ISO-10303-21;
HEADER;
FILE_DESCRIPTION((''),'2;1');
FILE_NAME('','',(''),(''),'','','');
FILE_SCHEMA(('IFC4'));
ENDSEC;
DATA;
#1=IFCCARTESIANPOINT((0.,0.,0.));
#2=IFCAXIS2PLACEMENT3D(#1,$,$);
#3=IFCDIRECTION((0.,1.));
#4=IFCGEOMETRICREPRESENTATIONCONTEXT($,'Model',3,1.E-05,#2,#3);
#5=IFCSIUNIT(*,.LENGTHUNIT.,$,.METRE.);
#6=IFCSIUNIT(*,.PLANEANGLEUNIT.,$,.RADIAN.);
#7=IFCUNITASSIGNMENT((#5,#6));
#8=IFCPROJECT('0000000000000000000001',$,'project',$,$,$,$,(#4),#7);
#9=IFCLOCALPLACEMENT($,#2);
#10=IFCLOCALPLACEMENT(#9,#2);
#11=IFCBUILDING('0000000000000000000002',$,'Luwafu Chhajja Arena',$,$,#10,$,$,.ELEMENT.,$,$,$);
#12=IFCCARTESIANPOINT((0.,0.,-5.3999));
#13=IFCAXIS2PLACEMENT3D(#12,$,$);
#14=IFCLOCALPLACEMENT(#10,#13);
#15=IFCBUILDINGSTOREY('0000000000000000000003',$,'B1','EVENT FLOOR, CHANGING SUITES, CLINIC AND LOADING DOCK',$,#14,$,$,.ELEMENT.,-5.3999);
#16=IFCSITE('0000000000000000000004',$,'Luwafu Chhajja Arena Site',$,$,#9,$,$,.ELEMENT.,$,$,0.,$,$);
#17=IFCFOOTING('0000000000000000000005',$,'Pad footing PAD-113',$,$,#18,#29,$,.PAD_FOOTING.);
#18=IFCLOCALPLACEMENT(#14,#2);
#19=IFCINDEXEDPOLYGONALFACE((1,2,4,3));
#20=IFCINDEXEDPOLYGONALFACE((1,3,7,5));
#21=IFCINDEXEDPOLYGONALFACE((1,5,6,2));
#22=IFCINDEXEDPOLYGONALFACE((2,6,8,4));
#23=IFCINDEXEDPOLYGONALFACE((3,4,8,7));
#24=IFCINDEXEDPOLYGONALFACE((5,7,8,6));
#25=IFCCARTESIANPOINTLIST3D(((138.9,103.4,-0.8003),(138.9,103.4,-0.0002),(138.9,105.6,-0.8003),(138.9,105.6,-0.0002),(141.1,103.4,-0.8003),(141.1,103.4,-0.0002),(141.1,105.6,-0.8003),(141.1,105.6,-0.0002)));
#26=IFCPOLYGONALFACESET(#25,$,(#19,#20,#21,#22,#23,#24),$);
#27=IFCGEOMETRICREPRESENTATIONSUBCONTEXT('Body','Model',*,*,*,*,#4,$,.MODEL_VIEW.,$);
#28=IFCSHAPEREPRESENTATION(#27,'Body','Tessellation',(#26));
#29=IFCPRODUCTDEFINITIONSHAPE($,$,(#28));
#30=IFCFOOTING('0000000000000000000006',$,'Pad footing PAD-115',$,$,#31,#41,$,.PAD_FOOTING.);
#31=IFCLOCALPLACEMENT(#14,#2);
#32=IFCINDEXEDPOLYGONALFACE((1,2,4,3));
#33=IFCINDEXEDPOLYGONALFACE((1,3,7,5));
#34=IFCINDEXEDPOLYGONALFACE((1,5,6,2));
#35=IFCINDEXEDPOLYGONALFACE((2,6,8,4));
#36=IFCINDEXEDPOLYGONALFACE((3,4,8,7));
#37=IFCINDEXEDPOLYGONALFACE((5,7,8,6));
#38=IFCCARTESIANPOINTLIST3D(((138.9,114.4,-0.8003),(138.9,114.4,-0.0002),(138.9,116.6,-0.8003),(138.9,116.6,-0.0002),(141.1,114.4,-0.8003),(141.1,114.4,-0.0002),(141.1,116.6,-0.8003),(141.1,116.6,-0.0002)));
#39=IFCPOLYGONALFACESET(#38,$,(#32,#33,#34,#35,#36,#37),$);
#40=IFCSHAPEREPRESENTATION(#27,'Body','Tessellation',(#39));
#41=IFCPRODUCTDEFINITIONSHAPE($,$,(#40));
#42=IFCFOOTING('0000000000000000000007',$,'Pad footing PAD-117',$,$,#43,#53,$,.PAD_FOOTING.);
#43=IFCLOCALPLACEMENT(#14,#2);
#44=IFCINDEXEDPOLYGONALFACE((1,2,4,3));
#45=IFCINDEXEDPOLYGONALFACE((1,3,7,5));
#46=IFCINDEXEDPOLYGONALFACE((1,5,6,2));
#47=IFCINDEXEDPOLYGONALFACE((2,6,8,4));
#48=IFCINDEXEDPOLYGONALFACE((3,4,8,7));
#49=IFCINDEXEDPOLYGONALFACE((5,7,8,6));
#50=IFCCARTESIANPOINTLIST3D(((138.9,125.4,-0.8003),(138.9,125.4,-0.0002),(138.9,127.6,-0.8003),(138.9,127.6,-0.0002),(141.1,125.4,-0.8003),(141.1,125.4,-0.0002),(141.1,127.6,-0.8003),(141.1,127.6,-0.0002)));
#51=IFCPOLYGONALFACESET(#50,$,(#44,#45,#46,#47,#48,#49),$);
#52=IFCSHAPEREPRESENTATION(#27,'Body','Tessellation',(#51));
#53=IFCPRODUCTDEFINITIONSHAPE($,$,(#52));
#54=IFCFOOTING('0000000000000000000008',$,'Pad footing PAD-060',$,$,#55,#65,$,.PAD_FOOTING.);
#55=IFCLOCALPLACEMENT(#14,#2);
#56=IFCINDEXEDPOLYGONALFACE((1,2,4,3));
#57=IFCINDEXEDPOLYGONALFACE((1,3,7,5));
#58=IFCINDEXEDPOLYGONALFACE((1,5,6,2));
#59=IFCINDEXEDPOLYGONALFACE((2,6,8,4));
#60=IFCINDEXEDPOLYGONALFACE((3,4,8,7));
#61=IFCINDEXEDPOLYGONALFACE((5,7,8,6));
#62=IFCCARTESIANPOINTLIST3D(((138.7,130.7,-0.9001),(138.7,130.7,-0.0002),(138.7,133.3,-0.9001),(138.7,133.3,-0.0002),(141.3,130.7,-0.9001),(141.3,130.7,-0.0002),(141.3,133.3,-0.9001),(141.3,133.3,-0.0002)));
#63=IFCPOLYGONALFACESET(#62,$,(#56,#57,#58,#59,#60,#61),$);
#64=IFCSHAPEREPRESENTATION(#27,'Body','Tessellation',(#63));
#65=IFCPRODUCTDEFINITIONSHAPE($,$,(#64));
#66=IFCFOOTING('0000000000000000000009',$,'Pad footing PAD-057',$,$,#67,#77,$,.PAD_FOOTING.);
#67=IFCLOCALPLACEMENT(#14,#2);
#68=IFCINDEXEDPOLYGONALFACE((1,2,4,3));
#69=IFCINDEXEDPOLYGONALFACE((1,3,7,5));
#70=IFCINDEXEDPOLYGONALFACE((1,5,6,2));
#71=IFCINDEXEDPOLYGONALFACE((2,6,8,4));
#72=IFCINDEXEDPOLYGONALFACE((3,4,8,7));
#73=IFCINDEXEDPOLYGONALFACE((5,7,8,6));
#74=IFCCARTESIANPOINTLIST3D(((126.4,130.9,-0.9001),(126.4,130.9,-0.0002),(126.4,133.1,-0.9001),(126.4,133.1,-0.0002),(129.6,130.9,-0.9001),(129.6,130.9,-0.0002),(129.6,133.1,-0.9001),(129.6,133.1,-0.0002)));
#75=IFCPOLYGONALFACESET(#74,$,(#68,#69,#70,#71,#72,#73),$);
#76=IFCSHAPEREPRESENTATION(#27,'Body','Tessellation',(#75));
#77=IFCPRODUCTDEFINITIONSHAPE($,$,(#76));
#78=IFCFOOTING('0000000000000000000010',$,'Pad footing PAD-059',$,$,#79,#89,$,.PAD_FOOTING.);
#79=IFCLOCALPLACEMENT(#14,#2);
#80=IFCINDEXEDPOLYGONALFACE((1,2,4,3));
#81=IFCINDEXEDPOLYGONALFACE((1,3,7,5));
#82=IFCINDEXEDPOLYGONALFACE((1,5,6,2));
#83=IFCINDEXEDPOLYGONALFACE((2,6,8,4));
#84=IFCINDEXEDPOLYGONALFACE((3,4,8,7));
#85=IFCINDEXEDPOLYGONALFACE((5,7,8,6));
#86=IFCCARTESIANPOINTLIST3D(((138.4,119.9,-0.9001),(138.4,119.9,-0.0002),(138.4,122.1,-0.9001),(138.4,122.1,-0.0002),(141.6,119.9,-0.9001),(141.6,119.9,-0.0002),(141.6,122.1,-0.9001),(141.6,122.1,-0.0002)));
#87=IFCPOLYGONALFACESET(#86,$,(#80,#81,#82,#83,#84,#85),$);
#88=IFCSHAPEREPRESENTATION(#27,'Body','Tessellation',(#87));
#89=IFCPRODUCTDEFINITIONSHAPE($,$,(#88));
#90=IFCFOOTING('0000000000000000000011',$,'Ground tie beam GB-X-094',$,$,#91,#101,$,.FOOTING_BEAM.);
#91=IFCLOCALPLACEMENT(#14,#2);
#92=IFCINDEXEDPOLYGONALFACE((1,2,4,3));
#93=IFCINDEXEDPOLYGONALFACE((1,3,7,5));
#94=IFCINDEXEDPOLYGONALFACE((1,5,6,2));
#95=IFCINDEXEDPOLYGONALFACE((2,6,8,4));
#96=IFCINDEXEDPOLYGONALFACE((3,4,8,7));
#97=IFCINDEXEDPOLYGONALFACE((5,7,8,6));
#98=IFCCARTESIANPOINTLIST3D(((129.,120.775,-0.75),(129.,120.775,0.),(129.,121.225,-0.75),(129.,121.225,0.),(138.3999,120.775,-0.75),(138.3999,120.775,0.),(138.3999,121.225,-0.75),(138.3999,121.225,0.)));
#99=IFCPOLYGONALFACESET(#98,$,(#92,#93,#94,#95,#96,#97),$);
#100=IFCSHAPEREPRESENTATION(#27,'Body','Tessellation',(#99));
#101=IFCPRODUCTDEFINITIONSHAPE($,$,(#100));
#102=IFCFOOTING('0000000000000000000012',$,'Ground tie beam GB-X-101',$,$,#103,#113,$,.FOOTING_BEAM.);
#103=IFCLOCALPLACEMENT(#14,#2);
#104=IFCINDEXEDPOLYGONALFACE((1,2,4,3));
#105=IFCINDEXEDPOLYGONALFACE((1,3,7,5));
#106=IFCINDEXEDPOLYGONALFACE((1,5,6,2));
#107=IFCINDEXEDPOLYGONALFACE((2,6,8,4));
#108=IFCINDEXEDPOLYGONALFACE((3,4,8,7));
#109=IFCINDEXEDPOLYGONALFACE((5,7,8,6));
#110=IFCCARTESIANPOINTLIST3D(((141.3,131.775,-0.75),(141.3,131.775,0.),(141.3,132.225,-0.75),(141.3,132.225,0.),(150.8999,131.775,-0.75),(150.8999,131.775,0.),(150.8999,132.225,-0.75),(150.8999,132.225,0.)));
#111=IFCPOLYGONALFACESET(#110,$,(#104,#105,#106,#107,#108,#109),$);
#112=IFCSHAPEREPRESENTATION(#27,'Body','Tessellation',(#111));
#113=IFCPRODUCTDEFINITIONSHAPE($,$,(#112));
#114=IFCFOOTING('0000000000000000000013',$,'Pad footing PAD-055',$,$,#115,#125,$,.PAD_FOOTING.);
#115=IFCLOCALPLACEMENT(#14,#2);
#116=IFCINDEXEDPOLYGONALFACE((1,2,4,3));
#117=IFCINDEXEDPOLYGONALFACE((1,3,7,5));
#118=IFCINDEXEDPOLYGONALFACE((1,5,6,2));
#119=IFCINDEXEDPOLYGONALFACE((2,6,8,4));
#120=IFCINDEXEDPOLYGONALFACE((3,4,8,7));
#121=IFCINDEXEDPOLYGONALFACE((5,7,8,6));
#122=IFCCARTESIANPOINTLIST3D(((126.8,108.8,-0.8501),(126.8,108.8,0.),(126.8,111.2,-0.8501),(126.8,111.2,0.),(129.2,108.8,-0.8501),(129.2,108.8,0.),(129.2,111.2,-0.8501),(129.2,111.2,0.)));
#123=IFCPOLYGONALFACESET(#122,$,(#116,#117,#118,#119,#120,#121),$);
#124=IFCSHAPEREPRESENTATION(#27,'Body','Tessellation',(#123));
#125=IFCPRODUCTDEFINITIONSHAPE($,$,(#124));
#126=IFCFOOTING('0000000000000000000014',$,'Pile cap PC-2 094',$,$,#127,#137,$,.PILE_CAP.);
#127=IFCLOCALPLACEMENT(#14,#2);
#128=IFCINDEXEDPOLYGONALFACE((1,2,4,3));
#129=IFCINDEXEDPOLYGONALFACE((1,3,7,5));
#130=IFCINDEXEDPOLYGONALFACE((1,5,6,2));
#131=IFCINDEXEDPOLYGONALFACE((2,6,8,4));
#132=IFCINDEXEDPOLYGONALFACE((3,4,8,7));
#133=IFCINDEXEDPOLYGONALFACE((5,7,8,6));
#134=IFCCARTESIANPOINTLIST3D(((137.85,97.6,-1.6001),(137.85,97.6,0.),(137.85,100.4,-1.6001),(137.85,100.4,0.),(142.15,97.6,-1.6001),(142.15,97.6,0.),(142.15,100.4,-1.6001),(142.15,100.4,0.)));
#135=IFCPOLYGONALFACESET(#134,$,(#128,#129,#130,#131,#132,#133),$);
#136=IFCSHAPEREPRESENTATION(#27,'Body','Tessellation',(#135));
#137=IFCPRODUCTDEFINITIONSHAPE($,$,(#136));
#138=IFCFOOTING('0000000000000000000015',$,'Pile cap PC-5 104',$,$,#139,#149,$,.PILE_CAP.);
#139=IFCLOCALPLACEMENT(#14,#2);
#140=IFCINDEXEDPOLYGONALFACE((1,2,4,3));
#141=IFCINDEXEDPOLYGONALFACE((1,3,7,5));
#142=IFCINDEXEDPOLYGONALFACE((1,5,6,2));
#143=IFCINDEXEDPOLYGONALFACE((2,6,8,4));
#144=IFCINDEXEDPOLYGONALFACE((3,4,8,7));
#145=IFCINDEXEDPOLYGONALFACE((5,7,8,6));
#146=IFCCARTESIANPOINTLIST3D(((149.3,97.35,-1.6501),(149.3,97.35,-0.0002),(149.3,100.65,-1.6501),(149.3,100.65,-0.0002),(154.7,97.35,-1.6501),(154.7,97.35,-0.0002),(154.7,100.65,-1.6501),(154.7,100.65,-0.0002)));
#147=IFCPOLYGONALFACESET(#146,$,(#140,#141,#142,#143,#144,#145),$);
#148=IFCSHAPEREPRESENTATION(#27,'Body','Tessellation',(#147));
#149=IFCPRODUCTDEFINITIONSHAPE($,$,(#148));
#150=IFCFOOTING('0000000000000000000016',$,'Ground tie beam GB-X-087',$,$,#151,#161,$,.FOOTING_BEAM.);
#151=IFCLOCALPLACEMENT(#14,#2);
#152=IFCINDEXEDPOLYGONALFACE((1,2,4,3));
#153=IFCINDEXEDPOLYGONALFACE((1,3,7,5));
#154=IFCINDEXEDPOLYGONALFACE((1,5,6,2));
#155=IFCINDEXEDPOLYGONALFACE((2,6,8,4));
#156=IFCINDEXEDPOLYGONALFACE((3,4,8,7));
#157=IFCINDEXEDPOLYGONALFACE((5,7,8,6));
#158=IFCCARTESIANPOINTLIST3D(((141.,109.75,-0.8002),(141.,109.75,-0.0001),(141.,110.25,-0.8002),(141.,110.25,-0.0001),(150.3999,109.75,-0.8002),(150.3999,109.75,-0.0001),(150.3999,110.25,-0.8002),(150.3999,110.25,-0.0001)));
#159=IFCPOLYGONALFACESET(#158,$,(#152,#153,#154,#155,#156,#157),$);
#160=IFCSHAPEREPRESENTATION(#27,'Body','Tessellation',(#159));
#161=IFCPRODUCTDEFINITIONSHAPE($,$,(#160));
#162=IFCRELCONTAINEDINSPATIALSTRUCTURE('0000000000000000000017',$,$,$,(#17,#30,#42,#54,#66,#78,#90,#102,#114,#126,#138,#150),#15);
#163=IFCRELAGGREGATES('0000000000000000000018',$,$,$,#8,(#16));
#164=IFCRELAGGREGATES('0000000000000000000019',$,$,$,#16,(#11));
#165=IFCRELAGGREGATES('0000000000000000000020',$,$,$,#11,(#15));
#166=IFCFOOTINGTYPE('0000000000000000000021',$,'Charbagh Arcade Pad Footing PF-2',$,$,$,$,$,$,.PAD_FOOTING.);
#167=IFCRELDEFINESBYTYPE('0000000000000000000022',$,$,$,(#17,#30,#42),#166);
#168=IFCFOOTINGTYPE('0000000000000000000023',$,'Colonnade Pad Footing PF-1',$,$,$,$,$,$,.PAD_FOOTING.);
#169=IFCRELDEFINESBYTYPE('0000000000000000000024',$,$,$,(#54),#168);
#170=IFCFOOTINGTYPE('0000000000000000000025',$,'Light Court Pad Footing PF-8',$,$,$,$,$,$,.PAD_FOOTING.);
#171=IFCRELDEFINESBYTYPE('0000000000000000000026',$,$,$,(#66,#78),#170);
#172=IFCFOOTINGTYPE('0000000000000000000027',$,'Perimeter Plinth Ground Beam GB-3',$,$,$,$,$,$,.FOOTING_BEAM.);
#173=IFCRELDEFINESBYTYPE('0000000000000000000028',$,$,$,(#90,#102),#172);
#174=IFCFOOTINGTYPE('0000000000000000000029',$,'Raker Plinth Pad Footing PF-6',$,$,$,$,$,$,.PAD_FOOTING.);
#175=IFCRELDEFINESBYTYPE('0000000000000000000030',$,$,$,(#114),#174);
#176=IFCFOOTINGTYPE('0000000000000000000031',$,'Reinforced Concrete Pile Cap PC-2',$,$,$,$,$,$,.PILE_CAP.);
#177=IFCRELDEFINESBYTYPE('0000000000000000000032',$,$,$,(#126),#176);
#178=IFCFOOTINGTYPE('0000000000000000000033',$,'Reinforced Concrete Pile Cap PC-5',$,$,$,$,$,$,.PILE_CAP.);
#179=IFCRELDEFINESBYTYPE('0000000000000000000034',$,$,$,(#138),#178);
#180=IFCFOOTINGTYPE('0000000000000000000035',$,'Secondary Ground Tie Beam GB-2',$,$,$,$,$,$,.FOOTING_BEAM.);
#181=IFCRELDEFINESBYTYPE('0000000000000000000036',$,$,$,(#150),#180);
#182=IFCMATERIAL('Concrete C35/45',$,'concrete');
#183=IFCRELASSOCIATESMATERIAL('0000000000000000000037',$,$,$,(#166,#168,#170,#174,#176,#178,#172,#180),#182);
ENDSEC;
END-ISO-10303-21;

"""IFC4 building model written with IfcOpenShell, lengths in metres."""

from ifc_helpers import new_model, si_unit, direction, frame, origin, origin_2d, place, context, subcontext, project, spatial, rectangle, extrude, material, material_profile, profile_set, type_object, element, save


model = new_model("IFC4")

# Units and contexts
model_context = context("Model", 3, precision=1e-05, world=origin(), true_north=direction((0.0, 1.0)))
body_context = subcontext(model_context, "Body", "Model", "MODEL_VIEW")
ifc_project = project(units=[si_unit("LENGTHUNIT", "METRE"), si_unit("PLANEANGLEUNIT", "RADIAN")], contexts=[model_context])

# Site, building, storey
site_placement = place(None, origin())
site = spatial("IfcSite", under=ifc_project, at=site_placement, Name="Luwafu Chhajja Arena Site", CompositionType="ELEMENT", RefElevation=0.0)
building_placement = place(site_placement, origin())
building = spatial("IfcBuilding", under=site, at=building_placement, Name="Luwafu Chhajja Arena", CompositionType="ELEMENT")
storey_placement = place(building_placement, frame((0.0, 0.0, -5.3999)))
storey = spatial("IfcBuildingStorey", under=building, at=storey_placement, Name="B1", Description="EVENT FLOOR, CHANGING SUITES, CLINIC AND LOADING DOCK", CompositionType="ELEMENT", Elevation=-5.3999)

# Shared definitions
ifc_material_1 = material(Name="Concrete C35/45", Category="concrete")

# Footings
footing_type_1 = type_object("IfcFootingType", Name="Charbagh Arcade Pad Footing PF-2", PredefinedType="PAD_FOOTING", material=ifc_material_1)
for number, where, z_axis, x_axis, name in (
    (1, (140.0, 104.5, -0.8003), (0.0, 0.0, 1.0), (1.0, 0.0, 0.0), "Pad footing PAD-113"),
    (2, (140.0, 115.5, -0.8003), (0.0, 0.0, 1.0), (1.0, 0.0, 0.0), "Pad footing PAD-115"),
    (3, (140.0, 126.5, -0.8003), (0.0, 0.0, 1.0), (1.0, 0.0, 0.0), "Pad footing PAD-117"),
):
    element("IfcFooting", number, at=place(storey_placement, frame(where, z_axis=z_axis, x_axis=x_axis)), inside=storey, type_object=footing_type_1, Name=name, PredefinedType="PAD_FOOTING", context=body_context, shape_type="SweptSolid", body=[
        extrude(rectangle(XDim=2.2, YDim=2.2, at=origin_2d()), origin(), (0.0, 0.0, 1.0), 0.8),
    ])
footing_type_2 = type_object("IfcFootingType", Name="Colonnade Pad Footing PF-1", PredefinedType="PAD_FOOTING", material=ifc_material_1)
footing_1_placement = place(storey_placement, frame((140.0, 132.0, -0.9001), z_axis=(0.0, 0.0, 1.0), x_axis=(1.0, 0.0, 0.0)))
element("IfcFooting", 4, at=footing_1_placement, inside=storey, type_object=footing_type_2, Name="Pad footing PAD-060", PredefinedType="PAD_FOOTING", context=body_context, shape_type="SweptSolid", body=[
    extrude(rectangle(XDim=2.6001, YDim=2.6001, at=origin_2d()), origin(), (0.0, 0.0, 1.0), 0.8999),
])
footing_type_3 = type_object("IfcFootingType", Name="Light Court Pad Footing PF-8", PredefinedType="PAD_FOOTING", material=ifc_material_1)
for number, where, z_axis, x_axis, name in (
    (5, (128.0, 132.0, -0.9001), (0.0, 0.0, 1.0), (1.0, 0.0, 0.0), "Pad footing PAD-057"),
    (6, (140.0, 121.0, -0.9001), (0.0, 0.0, 1.0), (1.0, 0.0, 0.0), "Pad footing PAD-059"),
):
    element("IfcFooting", number, at=place(storey_placement, frame(where, z_axis=z_axis, x_axis=x_axis)), inside=storey, type_object=footing_type_3, Name=name, PredefinedType="PAD_FOOTING", context=body_context, shape_type="SweptSolid", body=[
        extrude(rectangle(XDim=3.2, YDim=2.2, at=origin_2d()), origin(), (0.0, 0.0, 1.0), 0.8999),
    ])
ifc_material_profile_1 = material_profile(ifc_material_1, rectangle(XDim=0.45, YDim=0.75, at=origin_2d()), Name="RC 450x750")
ifc_profile_set_1 = profile_set([ifc_material_profile_1], Name="Concrete C35/45")
footing_type_4 = type_object("IfcFootingType", Name="Perimeter Plinth Ground Beam GB-3", PredefinedType="FOOTING_BEAM", material=ifc_profile_set_1)
footing_2_placement = place(storey_placement, frame((129.0, 121.0, -0.375), z_axis=(1.0, 0.0, 0.0), x_axis=(0.0, 1.0, 0.0)))
element("IfcFooting", 7, at=footing_2_placement, inside=storey, type_object=footing_type_4, Name="Ground tie beam GB-X-094", PredefinedType="FOOTING_BEAM", context=body_context, shape_type="SweptSolid", body=[
    extrude(rectangle(XDim=0.45, YDim=0.75, at=origin_2d()), origin(), (0.0, 0.0, 1.0), 9.3999),
])
footing_3_placement = place(storey_placement, frame((141.3, 132.0, -0.375), z_axis=(1.0, 0.0, 0.0), x_axis=(0.0, 1.0, 0.0)))
element("IfcFooting", 8, at=footing_3_placement, inside=storey, type_object=footing_type_4, Name="Ground tie beam GB-X-101", PredefinedType="FOOTING_BEAM", context=body_context, shape_type="SweptSolid", body=[
    extrude(rectangle(XDim=0.45, YDim=0.75, at=origin_2d()), origin(), (0.0, 0.0, 1.0), 9.5999),
])
footing_type_5 = type_object("IfcFootingType", Name="Raker Plinth Pad Footing PF-6", PredefinedType="PAD_FOOTING", material=ifc_material_1)
footing_4_placement = place(storey_placement, frame((128.0, 110.0, -0.8501), z_axis=(0.0, 0.0, 1.0), x_axis=(1.0, 0.0, 0.0)))
element("IfcFooting", 9, at=footing_4_placement, inside=storey, type_object=footing_type_5, Name="Pad footing PAD-055", PredefinedType="PAD_FOOTING", context=body_context, shape_type="SweptSolid", body=[
    extrude(rectangle(XDim=2.3999, YDim=2.3999, at=origin_2d()), origin(), (0.0, 0.0, 1.0), 0.8501),
])
footing_type_6 = type_object("IfcFootingType", Name="Reinforced Concrete Pile Cap PC-2", PredefinedType="PILE_CAP", material=ifc_material_1)
footing_5_placement = place(storey_placement, frame((140.0, 99.0, -1.6001), z_axis=(0.0, 0.0, 1.0), x_axis=(1.0, 0.0, 0.0)))
element("IfcFooting", 10, at=footing_5_placement, inside=storey, type_object=footing_type_6, Name="Pile cap PC-2 094", PredefinedType="PILE_CAP", context=body_context, shape_type="SweptSolid", body=[
    extrude(rectangle(XDim=4.3, YDim=2.8, at=origin_2d()), origin(), (0.0, 0.0, 1.0), 1.6001),
])
footing_type_7 = type_object("IfcFootingType", Name="Reinforced Concrete Pile Cap PC-5", PredefinedType="PILE_CAP", material=ifc_material_1)
footing_6_placement = place(storey_placement, frame((152.0, 99.0, -1.6501), z_axis=(0.0, 0.0, 1.0), x_axis=(1.0, 0.0, 0.0)))
element("IfcFooting", 11, at=footing_6_placement, inside=storey, type_object=footing_type_7, Name="Pile cap PC-5 104", PredefinedType="PILE_CAP", context=body_context, shape_type="SweptSolid", body=[
    extrude(rectangle(XDim=5.3999, YDim=3.3, at=origin_2d()), origin(), (0.0, 0.0, 1.0), 1.6499),
])
ifc_material_profile_2 = material_profile(ifc_material_1, rectangle(XDim=0.5, YDim=0.8, at=origin_2d()), Name="RC 500x800")
ifc_profile_set_2 = profile_set([ifc_material_profile_2], Name="Concrete C35/45")
footing_type_8 = type_object("IfcFootingType", Name="Secondary Ground Tie Beam GB-2", PredefinedType="FOOTING_BEAM", material=ifc_profile_set_2)
footing_7_placement = place(storey_placement, frame((141.0, 110.0, -0.4001), z_axis=(1.0, 0.0, 0.0), x_axis=(0.0, 1.0, 0.0)))
element("IfcFooting", 12, at=footing_7_placement, inside=storey, type_object=footing_type_8, Name="Ground tie beam GB-X-087", PredefinedType="FOOTING_BEAM", context=body_context, shape_type="SweptSolid", body=[
    extrude(rectangle(XDim=0.5, YDim=0.8, at=origin_2d()), origin(), (0.0, 0.0, 1.0), 9.3999),
])

save(model, "model.ifc")
